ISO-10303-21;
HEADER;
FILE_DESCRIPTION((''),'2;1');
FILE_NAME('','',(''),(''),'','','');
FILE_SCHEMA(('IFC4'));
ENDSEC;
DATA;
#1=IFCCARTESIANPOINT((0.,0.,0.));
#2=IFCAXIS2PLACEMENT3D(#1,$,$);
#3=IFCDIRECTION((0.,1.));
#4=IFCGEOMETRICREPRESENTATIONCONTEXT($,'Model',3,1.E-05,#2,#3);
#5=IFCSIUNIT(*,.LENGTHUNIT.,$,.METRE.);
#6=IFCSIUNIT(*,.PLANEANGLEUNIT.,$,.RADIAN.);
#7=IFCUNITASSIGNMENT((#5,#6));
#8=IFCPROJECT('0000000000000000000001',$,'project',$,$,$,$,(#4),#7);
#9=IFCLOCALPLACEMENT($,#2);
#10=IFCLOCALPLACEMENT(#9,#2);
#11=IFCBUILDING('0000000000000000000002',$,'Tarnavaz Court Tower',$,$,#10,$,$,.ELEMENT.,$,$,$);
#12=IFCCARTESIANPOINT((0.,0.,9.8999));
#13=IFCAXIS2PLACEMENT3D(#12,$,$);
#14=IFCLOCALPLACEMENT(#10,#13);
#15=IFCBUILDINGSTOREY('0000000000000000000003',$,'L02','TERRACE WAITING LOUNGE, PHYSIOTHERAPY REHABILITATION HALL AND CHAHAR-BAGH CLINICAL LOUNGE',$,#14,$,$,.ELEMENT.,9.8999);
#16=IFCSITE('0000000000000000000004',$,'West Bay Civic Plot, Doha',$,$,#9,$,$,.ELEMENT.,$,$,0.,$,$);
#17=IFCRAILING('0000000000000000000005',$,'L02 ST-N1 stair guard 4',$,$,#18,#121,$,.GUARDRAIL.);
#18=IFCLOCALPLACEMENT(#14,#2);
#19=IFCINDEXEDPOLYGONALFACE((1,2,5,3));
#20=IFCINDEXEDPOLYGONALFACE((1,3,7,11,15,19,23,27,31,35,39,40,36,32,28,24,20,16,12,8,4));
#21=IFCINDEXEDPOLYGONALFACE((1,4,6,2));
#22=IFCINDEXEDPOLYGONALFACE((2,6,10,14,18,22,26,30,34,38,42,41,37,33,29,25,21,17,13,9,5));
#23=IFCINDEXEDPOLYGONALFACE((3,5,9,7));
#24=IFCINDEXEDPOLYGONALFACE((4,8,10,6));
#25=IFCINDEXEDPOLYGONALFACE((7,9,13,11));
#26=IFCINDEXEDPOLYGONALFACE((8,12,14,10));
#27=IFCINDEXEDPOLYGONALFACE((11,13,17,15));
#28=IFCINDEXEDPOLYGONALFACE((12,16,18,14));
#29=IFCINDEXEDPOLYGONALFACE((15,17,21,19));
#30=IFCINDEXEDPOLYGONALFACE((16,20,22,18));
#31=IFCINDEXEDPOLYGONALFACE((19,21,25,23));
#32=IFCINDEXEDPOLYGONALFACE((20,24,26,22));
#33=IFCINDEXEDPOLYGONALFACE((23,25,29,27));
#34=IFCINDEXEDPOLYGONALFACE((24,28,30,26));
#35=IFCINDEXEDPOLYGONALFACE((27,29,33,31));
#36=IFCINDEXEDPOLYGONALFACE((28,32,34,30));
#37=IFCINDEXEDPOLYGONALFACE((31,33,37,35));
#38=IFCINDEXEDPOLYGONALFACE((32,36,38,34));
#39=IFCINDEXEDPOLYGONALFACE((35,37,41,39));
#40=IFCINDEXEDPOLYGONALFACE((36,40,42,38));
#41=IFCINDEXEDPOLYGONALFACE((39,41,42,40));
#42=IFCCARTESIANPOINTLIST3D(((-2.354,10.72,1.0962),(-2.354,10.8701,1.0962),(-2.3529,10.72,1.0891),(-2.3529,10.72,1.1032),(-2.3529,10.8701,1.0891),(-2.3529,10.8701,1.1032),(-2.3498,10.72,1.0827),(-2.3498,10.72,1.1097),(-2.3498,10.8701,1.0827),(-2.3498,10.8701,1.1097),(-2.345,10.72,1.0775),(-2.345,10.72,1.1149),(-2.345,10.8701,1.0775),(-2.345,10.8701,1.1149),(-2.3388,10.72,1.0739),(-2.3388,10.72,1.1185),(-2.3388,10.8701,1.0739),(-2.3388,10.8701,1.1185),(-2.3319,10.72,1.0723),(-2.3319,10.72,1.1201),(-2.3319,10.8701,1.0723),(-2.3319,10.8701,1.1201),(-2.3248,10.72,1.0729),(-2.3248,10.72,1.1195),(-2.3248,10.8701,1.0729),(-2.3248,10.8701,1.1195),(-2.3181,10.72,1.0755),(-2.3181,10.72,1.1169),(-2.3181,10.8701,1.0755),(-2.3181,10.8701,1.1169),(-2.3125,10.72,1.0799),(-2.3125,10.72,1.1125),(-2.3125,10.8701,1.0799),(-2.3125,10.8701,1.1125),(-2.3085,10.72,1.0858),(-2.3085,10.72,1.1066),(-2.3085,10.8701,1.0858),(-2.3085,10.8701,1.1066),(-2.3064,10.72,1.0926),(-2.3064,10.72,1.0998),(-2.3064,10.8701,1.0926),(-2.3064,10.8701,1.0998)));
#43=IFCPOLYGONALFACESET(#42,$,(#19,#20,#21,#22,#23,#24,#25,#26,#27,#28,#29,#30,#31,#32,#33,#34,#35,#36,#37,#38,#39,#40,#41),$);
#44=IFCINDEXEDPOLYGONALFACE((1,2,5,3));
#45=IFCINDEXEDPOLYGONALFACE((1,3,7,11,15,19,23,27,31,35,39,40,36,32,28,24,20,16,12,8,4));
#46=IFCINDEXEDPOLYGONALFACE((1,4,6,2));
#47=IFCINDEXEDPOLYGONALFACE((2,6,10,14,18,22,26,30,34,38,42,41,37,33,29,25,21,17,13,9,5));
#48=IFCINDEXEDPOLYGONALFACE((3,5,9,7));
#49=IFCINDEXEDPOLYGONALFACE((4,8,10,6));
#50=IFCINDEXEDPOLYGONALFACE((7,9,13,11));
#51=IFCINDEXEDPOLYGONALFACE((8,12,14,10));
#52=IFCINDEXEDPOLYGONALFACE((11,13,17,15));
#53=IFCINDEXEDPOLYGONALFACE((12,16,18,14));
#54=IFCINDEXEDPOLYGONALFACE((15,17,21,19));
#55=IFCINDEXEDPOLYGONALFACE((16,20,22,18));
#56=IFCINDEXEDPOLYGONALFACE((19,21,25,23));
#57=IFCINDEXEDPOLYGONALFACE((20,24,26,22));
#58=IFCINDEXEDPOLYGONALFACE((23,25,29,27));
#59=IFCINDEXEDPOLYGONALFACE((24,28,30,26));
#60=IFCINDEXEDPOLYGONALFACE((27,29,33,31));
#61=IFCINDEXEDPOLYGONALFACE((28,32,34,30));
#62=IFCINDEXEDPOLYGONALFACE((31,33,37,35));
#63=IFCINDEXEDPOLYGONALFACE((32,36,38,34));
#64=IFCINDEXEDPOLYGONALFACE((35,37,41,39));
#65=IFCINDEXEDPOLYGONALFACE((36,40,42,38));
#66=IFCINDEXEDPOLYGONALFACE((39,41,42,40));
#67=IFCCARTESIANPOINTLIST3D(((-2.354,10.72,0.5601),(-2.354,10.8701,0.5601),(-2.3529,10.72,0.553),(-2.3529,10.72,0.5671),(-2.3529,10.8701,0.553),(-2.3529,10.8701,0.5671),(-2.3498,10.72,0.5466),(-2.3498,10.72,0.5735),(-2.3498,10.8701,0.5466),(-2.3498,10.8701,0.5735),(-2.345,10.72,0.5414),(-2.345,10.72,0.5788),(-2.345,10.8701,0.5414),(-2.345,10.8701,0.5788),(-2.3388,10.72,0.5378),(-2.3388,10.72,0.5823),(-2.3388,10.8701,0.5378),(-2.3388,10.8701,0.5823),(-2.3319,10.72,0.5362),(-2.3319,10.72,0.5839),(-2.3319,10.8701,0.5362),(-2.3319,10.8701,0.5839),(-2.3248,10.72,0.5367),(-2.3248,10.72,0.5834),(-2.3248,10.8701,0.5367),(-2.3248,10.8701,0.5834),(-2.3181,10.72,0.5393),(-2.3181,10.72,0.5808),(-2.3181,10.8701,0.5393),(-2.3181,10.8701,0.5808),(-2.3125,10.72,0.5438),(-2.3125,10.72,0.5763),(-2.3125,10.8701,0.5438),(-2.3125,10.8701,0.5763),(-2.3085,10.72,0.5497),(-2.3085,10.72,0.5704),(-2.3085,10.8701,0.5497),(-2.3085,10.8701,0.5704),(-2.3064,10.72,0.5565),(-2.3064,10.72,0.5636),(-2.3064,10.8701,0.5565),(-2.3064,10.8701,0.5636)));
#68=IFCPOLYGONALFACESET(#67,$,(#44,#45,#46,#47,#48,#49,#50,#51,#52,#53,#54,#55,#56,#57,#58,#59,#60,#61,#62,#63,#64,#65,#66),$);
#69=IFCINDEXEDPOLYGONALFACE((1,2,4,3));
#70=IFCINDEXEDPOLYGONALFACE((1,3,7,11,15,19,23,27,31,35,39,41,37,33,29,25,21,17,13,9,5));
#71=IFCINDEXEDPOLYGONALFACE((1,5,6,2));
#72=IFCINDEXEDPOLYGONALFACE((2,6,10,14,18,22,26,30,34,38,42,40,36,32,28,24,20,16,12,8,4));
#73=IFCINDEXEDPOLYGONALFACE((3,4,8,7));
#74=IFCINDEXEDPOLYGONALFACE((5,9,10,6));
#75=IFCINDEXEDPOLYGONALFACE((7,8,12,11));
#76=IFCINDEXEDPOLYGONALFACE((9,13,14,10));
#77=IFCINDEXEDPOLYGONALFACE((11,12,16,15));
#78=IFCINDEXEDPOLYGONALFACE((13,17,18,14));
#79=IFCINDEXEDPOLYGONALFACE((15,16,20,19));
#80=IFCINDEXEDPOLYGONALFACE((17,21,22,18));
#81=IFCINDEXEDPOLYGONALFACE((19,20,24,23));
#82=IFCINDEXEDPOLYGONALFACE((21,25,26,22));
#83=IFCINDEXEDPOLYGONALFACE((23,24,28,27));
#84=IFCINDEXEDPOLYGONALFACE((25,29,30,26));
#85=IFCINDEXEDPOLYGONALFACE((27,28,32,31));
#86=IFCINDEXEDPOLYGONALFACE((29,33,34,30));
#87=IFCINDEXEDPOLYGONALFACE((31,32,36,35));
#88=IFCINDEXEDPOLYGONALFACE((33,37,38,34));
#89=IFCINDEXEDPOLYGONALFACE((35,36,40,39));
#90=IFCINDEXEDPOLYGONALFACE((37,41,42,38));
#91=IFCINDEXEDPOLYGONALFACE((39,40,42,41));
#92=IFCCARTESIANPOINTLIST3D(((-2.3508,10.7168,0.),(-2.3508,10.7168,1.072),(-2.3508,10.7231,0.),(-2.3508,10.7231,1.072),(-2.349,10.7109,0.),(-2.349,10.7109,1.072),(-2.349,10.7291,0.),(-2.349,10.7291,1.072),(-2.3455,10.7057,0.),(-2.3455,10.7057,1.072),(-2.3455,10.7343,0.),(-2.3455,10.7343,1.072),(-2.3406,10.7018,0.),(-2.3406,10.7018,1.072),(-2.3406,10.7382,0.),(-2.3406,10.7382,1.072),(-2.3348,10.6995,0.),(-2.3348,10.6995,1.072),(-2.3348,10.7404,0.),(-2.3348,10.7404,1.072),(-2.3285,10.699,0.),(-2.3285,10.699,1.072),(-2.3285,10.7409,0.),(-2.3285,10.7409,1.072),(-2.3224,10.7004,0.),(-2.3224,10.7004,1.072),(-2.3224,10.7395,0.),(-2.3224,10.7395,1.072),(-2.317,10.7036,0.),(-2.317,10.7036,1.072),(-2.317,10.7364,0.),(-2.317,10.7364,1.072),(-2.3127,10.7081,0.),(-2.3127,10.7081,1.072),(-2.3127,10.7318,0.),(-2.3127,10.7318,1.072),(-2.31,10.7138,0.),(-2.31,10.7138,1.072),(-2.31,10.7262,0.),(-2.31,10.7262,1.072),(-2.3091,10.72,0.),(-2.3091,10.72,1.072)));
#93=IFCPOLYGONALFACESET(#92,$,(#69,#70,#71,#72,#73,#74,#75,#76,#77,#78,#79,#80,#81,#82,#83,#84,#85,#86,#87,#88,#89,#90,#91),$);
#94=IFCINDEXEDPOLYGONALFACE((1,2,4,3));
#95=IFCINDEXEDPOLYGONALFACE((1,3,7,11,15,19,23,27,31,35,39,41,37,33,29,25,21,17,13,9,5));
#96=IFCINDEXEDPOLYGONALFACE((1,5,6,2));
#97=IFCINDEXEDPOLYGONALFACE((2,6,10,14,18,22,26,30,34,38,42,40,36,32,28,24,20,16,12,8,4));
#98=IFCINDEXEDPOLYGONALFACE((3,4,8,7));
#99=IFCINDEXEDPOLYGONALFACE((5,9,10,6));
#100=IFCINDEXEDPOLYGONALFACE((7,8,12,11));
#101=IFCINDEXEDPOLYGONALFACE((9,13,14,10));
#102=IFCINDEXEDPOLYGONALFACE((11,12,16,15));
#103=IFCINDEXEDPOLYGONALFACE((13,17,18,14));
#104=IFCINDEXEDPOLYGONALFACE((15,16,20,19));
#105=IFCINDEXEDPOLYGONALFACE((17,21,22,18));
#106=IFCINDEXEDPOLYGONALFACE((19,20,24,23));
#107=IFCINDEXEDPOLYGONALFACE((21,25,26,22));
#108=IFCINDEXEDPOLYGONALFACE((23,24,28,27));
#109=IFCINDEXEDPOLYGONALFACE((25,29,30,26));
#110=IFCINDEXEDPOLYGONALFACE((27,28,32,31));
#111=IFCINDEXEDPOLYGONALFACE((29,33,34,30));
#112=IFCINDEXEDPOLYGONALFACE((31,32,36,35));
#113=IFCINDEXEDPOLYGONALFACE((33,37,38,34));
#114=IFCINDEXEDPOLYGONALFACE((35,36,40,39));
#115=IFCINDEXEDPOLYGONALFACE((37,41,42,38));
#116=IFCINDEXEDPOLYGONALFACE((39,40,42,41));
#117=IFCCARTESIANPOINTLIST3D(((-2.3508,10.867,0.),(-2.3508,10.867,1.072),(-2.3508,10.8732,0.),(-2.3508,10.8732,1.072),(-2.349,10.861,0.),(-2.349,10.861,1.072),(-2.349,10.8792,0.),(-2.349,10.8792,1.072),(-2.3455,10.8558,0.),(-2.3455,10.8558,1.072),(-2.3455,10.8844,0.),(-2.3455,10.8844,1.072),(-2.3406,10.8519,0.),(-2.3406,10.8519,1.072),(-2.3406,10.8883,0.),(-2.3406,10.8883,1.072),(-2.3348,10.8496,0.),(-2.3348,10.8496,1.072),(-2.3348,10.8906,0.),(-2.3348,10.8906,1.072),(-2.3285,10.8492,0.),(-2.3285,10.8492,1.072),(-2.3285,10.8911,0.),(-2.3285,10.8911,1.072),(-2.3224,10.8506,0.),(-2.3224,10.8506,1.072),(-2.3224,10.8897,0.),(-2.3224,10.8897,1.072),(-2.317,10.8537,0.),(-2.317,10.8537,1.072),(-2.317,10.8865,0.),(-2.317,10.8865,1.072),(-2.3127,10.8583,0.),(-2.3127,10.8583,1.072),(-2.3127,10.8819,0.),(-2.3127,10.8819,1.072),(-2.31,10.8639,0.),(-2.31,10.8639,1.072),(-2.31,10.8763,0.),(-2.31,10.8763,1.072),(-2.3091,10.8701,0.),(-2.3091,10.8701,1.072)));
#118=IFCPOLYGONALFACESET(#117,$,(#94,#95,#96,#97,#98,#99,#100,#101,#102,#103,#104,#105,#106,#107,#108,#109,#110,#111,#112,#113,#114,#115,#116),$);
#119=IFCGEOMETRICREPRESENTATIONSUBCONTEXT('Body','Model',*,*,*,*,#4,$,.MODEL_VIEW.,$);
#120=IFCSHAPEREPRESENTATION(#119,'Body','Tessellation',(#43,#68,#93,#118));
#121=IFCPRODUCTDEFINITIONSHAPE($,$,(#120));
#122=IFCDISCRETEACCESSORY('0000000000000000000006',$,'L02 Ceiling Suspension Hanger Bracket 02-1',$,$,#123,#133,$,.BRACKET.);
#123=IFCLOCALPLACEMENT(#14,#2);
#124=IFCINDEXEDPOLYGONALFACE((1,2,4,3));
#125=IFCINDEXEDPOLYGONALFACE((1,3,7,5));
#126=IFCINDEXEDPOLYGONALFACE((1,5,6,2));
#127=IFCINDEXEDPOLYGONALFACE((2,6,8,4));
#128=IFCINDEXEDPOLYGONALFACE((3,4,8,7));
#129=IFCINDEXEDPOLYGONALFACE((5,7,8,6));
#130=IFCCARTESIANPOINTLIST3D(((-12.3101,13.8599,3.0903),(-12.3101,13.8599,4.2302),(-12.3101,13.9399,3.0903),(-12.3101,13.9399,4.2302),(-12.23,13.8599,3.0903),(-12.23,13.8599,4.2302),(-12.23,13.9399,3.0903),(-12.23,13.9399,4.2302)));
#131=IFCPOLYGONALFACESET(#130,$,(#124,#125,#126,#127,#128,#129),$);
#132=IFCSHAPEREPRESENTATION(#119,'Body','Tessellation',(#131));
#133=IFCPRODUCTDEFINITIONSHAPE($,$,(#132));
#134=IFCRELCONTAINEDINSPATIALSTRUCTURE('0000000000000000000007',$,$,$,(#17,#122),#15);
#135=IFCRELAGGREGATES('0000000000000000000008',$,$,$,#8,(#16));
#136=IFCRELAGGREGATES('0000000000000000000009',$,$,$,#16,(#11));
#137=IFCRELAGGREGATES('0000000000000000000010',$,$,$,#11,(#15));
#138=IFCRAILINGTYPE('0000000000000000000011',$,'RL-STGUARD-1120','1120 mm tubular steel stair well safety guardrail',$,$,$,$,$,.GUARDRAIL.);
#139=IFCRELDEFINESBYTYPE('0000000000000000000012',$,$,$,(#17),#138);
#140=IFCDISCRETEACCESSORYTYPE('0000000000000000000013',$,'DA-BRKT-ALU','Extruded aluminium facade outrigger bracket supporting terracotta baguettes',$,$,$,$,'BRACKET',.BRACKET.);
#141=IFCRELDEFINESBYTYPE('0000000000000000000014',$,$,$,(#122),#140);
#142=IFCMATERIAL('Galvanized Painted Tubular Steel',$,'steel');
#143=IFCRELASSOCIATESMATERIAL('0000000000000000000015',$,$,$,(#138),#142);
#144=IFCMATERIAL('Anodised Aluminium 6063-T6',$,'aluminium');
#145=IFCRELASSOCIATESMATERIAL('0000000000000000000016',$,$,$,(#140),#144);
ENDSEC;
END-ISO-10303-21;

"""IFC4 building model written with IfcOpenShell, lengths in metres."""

from ifc_helpers import new_model, si_unit, direction, frame, origin, origin_2d, place, context, subcontext, project, spatial, rectangle, circle, extrude, material, type_object, element, save


model = new_model("IFC4")

# Units and contexts
model_context = context("Model", 3, precision=1e-05, world=origin(), true_north=direction((0.0, 1.0)))
body_context = subcontext(model_context, "Body", "Model", "MODEL_VIEW")
ifc_project = project(units=[si_unit("LENGTHUNIT", "METRE"), si_unit("PLANEANGLEUNIT", "RADIAN")], contexts=[model_context])

# Site, building, storey
site_placement = place(None, origin())
site = spatial("IfcSite", under=ifc_project, at=site_placement, Name="West Bay Civic Plot, Doha", CompositionType="ELEMENT", RefElevation=0.0)
building_placement = place(site_placement, origin())
building = spatial("IfcBuilding", under=site, at=building_placement, Name="Tarnavaz Court Tower", CompositionType="ELEMENT")
storey_placement = place(building_placement, frame((0.0, 0.0, 9.8999)))
storey = spatial("IfcBuildingStorey", under=building, at=storey_placement, Name="L02", Description="TERRACE WAITING LOUNGE, PHYSIOTHERAPY REHABILITATION HALL AND CHAHAR-BAGH CLINICAL LOUNGE", CompositionType="ELEMENT", Elevation=9.8999)

# Railing
ifc_material_1 = material(Name="Galvanized Painted Tubular Steel", Category="steel")
railing_type_1 = type_object("IfcRailingType", Name="RL-STGUARD-1120", Description="1120 mm tubular steel stair well safety guardrail", PredefinedType="GUARDRAIL", material=ifc_material_1)
railing_1_placement = place(storey_placement, frame((-2.3301, 10.72, 0.0)))
element("IfcRailing", 1, at=railing_1_placement, inside=storey, type_object=railing_type_1, Name="L02 ST-N1 stair guard 4", PredefinedType="GUARDRAIL", context=body_context, shape_type="SweptSolid", body=[
    extrude(circle(Radius=0.0239, at=origin_2d()), frame((0.0, 0.0, 1.0962), z_axis=(0.0, 1.0, 0.0), x_axis=(-1.0, 0.0, 0.0)), (0.0, 0.0, 1.0), 0.1501),
    extrude(circle(Radius=0.0239, at=origin_2d()), frame((0.0, 0.0, 0.5601), z_axis=(0.0, 1.0, 0.0), x_axis=(-1.0, 0.0, 0.0)), (0.0, 0.0, 1.0), 0.1501),
    extrude(circle(Radius=0.021, at=origin_2d()), origin(), (0.0, 0.0, 1.0), 1.072),
    extrude(circle(Radius=0.021, at=origin_2d()), frame((0.0, 0.1501, 0.0)), (0.0, 0.0, 1.0), 1.072),
])

# Discrete accessory
ifc_material_2 = material(Name="Anodised Aluminium 6063-T6", Category="aluminium")
discrete_accessory_type = type_object("IfcDiscreteAccessoryType", Name="DA-BRKT-ALU", Description="Extruded aluminium facade outrigger bracket supporting terracotta baguettes", ElementType="BRACKET", PredefinedType="BRACKET", material=ifc_material_2)
discrete_accessory_placement = place(storey_placement, frame((-12.27, 13.8999, 3.0903), z_axis=(0.0, 0.0, 1.0), x_axis=(1.0, 0.0, 0.0)))
element("IfcDiscreteAccessory", 2, at=discrete_accessory_placement, inside=storey, type_object=discrete_accessory_type, Name="L02 Ceiling Suspension Hanger Bracket 02-1", PredefinedType="BRACKET", context=body_context, shape_type="SweptSolid", body=[
    extrude(rectangle(XDim=0.0801, YDim=0.0801, at=origin_2d()), origin(), (0.0, 0.0, 1.0), 1.1399),
])

save(model, "model.ifc")
